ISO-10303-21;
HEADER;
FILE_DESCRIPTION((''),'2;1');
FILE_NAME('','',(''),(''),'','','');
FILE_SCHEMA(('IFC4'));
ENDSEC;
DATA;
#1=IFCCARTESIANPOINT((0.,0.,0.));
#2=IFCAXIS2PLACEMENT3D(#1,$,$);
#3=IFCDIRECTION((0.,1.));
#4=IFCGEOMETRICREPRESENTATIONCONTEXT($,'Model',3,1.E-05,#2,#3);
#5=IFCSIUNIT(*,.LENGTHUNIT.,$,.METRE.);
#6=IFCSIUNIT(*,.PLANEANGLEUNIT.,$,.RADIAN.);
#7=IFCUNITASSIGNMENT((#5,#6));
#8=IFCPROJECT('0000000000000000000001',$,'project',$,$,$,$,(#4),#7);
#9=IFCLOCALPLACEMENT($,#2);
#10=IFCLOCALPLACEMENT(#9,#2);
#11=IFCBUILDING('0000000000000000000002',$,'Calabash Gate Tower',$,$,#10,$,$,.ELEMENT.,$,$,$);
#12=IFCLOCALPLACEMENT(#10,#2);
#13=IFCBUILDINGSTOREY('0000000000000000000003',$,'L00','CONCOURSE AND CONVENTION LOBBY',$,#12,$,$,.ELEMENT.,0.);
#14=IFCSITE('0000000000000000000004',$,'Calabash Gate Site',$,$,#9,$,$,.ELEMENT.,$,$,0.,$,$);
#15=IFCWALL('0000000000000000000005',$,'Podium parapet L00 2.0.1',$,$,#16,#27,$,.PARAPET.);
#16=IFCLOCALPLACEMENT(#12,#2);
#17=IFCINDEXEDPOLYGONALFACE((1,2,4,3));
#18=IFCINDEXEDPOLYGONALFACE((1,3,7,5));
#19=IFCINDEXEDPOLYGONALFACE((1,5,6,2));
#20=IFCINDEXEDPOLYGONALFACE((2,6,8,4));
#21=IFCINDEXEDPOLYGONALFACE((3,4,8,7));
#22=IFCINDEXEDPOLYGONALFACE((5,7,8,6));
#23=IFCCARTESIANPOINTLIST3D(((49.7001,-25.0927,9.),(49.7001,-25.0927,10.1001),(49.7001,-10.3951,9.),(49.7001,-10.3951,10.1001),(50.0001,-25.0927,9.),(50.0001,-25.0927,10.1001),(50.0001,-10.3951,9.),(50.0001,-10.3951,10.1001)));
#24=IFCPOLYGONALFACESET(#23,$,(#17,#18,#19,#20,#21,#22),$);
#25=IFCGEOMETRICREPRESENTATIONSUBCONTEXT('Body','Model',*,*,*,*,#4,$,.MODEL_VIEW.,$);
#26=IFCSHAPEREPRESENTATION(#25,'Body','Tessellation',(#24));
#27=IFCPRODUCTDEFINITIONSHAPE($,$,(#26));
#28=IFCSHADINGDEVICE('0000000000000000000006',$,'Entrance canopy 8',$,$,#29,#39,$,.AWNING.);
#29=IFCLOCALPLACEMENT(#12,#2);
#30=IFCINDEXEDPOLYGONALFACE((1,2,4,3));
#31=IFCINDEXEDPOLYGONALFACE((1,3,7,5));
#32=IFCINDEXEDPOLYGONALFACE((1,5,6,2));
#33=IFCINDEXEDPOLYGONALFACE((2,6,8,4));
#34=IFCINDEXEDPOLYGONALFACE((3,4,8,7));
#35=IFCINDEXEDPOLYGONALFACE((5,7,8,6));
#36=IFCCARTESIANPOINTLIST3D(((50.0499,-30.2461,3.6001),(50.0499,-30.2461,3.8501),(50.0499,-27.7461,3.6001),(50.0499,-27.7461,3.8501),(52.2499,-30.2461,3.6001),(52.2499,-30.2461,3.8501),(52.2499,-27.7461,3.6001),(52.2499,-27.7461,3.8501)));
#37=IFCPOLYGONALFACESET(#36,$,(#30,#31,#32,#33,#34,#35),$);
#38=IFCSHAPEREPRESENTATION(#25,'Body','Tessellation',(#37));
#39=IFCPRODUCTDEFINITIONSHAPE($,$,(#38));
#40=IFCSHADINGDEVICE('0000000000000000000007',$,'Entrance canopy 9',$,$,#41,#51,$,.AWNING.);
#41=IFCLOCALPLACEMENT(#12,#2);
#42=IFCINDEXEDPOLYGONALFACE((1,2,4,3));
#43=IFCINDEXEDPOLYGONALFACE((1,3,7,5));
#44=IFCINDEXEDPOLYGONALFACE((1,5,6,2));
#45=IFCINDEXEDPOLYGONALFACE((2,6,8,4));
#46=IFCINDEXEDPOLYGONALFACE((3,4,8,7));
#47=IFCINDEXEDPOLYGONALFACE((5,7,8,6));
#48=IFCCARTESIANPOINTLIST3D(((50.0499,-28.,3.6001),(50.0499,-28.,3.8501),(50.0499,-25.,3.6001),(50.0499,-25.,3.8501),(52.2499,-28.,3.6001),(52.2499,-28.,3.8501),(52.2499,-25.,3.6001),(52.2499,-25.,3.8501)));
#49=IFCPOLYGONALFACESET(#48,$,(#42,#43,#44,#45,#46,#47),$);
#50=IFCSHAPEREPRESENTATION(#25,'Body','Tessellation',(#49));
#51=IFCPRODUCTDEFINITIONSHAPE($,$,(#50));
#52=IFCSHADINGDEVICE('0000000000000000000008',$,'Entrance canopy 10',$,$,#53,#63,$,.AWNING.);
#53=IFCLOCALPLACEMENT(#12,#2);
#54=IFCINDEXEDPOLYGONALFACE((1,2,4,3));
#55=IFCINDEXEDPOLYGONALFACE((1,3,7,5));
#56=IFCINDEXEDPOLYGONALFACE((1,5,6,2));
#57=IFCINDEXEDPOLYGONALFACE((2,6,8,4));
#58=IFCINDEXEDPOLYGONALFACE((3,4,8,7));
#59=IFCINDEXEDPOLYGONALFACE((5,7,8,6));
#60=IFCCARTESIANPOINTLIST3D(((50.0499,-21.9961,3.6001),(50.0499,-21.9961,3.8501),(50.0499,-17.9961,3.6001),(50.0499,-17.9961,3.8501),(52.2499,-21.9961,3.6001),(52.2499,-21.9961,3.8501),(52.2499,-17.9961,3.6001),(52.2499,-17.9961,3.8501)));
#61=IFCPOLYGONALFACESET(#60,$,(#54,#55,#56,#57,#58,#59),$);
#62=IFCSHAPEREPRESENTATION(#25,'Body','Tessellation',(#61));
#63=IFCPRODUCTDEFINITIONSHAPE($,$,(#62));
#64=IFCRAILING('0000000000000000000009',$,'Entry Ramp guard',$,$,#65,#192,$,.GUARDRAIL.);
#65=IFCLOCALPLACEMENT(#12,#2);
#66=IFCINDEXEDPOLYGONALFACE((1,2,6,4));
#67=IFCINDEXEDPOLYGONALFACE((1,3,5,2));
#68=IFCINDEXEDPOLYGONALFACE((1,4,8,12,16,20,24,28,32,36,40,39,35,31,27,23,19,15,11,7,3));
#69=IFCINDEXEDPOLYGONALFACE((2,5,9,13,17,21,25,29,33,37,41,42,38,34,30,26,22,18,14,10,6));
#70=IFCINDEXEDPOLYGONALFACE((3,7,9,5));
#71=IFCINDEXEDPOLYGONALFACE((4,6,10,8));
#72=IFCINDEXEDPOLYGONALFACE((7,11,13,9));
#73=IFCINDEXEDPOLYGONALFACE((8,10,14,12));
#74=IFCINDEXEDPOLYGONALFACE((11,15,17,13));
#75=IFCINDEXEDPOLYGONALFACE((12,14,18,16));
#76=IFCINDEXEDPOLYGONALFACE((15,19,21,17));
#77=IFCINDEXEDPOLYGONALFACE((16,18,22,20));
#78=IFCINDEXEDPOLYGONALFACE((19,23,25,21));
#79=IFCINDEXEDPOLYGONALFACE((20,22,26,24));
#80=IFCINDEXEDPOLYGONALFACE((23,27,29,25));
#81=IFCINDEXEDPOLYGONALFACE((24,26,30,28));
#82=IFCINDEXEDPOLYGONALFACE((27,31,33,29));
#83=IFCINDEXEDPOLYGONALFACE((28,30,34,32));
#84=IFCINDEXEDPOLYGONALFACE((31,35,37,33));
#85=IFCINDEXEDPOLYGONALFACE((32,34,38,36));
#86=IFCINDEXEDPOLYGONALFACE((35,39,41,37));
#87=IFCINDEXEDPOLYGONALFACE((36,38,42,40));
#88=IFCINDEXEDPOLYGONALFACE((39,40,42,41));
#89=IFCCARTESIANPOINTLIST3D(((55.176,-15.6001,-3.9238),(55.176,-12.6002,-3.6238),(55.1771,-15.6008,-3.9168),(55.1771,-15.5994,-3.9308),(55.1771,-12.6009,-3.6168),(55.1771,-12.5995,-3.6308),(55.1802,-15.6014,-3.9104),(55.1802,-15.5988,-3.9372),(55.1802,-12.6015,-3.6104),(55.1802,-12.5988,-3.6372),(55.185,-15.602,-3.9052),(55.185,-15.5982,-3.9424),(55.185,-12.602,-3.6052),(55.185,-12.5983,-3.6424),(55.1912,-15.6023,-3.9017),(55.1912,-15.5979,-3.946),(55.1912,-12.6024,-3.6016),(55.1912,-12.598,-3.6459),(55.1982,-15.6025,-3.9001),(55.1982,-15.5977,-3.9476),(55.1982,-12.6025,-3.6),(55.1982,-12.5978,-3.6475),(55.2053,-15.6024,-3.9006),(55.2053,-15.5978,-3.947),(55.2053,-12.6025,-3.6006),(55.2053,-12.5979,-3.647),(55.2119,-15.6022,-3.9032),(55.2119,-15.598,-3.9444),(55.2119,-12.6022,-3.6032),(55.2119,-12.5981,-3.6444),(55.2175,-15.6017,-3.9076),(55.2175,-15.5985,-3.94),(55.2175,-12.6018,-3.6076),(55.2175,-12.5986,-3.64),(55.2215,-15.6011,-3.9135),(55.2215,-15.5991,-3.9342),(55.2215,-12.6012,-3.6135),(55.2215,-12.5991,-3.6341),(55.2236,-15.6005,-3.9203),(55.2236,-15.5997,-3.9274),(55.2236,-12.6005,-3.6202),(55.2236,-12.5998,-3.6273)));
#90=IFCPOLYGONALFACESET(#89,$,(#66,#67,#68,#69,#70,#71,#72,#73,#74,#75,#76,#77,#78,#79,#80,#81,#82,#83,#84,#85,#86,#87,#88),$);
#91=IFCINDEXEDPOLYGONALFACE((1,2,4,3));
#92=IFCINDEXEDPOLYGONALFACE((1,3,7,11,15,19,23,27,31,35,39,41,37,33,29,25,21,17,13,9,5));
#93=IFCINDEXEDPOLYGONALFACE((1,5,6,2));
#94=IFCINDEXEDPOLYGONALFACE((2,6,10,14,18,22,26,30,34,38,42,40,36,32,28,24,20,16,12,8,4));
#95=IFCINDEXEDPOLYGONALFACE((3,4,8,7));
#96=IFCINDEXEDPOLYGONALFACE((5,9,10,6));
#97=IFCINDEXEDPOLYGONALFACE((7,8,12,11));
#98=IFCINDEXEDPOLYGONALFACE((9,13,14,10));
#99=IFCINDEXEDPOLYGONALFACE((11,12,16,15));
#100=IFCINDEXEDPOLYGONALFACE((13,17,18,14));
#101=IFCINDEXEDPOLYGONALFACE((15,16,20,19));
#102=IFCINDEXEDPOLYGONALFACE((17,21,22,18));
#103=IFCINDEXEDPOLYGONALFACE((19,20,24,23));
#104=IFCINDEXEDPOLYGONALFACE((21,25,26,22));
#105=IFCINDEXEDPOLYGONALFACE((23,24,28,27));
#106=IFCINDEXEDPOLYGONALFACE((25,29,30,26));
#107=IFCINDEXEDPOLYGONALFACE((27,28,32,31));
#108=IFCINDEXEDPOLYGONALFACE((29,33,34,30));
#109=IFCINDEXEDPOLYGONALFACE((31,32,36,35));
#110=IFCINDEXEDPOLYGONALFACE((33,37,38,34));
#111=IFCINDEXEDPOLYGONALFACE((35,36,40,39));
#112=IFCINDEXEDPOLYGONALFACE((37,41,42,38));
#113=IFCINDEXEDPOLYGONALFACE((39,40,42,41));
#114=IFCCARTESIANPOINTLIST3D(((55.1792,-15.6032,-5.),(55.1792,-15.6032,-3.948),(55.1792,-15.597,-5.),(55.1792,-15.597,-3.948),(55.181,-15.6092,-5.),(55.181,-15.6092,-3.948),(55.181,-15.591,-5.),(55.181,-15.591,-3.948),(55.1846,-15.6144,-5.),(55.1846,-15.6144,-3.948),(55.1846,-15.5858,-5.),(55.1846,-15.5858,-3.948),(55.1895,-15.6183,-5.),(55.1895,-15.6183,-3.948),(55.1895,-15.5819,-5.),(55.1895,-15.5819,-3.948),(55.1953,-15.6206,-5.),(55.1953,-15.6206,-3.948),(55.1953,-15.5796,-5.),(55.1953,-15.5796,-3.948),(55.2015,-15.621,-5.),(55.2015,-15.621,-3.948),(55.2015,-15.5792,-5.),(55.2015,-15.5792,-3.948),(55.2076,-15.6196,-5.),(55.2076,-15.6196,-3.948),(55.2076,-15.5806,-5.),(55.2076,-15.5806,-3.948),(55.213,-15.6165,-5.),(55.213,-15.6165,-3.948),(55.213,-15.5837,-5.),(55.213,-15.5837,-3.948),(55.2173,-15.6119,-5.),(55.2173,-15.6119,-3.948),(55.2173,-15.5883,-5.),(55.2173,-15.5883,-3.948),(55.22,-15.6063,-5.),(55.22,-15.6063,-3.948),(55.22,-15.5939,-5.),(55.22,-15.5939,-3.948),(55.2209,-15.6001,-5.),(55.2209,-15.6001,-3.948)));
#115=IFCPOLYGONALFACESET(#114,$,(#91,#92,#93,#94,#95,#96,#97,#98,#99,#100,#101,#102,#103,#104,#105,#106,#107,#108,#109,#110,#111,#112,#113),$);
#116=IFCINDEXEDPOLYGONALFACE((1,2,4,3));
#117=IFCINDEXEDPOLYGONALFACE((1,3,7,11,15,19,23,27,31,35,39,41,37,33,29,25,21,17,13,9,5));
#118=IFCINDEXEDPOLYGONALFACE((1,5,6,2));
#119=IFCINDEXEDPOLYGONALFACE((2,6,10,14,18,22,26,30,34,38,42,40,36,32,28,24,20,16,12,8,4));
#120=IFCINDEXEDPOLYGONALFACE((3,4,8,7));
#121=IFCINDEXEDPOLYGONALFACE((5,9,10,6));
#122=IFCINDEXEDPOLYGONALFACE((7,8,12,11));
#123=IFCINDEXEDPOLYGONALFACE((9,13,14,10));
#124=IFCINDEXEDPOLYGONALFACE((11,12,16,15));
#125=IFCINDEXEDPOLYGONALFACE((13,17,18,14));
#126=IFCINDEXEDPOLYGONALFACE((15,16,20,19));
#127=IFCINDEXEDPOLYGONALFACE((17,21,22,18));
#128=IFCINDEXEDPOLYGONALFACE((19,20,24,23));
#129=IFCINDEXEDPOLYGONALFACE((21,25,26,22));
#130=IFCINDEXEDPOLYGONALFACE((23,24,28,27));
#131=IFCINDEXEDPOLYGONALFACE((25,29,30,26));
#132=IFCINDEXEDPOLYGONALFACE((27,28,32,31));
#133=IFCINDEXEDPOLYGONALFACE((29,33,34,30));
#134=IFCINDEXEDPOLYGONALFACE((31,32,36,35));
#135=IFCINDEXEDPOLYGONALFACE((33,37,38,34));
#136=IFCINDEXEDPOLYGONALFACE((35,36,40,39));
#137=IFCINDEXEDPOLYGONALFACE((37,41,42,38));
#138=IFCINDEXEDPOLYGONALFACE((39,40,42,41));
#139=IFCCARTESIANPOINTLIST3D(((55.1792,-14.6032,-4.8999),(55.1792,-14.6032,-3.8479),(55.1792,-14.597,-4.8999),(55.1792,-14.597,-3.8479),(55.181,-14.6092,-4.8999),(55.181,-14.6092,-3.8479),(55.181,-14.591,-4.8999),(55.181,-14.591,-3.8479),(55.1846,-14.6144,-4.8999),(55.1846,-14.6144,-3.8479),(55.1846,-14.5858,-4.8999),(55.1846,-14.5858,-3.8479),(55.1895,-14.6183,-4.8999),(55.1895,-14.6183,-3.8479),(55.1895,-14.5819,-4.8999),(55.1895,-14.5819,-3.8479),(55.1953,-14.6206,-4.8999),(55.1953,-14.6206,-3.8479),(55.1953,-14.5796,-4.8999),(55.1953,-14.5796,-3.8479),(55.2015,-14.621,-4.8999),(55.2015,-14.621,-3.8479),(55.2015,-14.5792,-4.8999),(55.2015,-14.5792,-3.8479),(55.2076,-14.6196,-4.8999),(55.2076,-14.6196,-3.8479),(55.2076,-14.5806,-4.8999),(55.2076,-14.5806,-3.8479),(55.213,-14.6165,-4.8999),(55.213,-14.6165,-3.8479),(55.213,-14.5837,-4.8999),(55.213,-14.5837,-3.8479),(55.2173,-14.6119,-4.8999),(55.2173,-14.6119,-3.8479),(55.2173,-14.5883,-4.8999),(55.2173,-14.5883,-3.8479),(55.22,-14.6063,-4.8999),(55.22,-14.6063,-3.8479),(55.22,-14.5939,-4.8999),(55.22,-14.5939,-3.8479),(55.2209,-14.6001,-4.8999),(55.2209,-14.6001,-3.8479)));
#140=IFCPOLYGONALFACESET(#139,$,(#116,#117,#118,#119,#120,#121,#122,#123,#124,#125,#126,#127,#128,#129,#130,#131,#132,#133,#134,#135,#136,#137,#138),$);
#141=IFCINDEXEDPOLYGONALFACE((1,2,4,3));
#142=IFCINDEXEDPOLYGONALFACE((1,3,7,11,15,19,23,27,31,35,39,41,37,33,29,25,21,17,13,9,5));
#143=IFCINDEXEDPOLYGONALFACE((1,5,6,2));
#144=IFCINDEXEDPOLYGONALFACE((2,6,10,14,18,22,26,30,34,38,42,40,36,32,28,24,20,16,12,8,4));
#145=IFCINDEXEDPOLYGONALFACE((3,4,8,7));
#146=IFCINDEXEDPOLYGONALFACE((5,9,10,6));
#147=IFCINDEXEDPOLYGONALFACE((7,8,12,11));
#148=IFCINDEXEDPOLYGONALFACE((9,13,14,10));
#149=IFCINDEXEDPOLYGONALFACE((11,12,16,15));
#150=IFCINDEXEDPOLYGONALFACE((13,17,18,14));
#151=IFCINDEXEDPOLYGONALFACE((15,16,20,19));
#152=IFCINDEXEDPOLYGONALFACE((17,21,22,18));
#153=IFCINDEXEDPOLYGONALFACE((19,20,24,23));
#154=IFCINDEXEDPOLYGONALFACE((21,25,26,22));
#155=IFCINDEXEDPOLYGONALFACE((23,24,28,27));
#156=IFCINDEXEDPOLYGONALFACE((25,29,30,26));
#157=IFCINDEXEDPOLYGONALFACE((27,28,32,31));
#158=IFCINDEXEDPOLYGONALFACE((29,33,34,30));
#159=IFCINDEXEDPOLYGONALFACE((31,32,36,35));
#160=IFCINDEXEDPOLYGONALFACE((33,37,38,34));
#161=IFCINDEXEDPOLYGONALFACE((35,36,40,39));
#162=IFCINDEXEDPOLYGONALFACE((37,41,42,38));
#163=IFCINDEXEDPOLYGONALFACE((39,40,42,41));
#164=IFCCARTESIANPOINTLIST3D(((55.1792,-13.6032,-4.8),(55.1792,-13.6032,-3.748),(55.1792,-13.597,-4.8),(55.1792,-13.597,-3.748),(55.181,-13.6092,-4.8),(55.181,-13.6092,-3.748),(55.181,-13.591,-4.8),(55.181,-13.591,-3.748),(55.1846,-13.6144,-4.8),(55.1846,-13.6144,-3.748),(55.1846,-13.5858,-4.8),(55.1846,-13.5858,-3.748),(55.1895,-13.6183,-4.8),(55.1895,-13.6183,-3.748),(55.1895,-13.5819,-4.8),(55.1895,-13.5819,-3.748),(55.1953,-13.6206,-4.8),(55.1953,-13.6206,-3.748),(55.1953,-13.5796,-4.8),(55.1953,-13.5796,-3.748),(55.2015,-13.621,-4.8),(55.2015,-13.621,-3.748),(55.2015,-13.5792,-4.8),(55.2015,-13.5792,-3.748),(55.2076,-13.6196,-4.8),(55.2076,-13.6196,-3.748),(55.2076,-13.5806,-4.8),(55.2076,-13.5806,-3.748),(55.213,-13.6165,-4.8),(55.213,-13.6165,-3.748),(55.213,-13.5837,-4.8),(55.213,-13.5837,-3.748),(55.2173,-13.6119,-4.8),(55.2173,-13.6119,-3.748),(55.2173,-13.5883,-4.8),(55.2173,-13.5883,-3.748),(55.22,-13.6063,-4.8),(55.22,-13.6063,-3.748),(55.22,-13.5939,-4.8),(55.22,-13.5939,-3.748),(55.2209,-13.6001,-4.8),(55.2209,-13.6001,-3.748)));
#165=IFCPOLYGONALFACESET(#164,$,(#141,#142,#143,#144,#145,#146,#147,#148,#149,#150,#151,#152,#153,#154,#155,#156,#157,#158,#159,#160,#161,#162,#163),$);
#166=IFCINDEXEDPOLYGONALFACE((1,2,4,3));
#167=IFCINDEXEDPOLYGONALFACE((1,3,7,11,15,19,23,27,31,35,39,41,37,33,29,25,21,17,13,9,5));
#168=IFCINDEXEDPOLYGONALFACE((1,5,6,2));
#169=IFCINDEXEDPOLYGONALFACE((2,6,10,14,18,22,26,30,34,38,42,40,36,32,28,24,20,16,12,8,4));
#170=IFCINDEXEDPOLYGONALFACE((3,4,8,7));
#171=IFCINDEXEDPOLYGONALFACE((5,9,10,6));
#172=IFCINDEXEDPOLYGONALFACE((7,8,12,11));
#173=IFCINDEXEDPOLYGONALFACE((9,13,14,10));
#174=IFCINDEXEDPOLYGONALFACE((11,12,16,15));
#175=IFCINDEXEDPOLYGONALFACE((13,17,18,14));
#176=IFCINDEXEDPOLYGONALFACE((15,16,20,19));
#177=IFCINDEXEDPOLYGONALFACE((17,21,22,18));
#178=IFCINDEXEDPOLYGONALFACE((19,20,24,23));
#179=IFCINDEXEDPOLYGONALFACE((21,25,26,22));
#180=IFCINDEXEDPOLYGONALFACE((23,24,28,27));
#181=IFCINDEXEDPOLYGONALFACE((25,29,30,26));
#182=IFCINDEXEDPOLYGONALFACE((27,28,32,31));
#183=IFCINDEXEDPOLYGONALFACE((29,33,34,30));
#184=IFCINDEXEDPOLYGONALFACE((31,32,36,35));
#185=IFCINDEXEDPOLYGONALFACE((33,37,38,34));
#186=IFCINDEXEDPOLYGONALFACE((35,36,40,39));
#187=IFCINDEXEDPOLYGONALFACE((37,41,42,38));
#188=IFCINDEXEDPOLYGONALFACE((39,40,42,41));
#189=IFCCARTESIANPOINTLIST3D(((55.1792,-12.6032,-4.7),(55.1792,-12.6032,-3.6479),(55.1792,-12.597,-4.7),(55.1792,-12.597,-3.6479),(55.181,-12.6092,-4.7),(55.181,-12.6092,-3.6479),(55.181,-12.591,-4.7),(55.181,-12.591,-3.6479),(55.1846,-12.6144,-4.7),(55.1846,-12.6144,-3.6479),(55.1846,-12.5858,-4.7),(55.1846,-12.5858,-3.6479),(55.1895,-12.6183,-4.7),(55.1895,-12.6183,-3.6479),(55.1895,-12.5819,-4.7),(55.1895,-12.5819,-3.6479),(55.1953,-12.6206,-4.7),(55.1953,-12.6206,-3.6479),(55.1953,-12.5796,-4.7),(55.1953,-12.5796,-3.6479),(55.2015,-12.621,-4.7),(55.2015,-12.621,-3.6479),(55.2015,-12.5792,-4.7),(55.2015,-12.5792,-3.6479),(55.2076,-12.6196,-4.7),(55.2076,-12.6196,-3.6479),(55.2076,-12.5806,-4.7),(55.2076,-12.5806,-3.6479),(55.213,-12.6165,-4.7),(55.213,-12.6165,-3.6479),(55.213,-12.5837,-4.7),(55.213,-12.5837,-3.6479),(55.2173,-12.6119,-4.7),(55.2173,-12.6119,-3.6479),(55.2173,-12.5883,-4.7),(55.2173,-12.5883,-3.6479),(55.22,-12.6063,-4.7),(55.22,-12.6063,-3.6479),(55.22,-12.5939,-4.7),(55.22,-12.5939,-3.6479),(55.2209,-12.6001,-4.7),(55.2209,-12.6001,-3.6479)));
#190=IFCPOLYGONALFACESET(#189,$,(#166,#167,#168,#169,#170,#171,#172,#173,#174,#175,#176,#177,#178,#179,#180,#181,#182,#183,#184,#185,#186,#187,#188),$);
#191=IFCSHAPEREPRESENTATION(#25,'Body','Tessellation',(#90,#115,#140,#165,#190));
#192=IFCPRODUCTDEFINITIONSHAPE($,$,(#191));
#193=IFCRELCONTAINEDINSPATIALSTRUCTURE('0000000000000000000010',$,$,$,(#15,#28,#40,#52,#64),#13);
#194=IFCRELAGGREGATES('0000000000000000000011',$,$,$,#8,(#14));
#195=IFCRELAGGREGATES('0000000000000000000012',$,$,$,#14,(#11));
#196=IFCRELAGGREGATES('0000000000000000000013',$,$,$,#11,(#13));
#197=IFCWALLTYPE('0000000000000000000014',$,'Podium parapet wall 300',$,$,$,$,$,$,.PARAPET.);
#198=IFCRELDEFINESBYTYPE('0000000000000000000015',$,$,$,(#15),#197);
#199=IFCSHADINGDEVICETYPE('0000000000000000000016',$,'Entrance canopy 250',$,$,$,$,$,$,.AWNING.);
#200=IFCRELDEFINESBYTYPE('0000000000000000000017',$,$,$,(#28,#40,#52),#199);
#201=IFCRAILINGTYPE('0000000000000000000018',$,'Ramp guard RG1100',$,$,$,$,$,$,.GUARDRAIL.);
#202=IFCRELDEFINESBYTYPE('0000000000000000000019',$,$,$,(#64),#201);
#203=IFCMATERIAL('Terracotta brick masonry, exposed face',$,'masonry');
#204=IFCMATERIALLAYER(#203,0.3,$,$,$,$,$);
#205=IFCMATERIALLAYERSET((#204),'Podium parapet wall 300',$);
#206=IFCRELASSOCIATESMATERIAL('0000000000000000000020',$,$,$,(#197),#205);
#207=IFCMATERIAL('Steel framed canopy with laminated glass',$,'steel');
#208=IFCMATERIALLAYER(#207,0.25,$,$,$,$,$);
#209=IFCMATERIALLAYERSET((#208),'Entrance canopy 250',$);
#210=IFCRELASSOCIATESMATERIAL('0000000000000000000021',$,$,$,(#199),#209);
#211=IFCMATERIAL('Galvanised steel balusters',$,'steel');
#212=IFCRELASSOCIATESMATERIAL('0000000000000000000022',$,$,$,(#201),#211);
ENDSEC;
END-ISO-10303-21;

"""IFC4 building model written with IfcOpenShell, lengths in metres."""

from ifc_helpers import new_model, si_unit, direction, frame, frame_2d, origin, origin_2d, place, context, subcontext, project, spatial, rectangle, circle, extrude, material, layer, layer_set, type_object, element, save


model = new_model("IFC4")

# Units and contexts
model_context = context("Model", 3, precision=1e-05, world=origin(), true_north=direction((0.0, 1.0)))
body_context = subcontext(model_context, "Body", "Model", "MODEL_VIEW")
ifc_project = project(units=[si_unit("LENGTHUNIT", "METRE"), si_unit("PLANEANGLEUNIT", "RADIAN")], contexts=[model_context])

# Site, building, storey
site_placement = place(None, origin())
site = spatial("IfcSite", under=ifc_project, at=site_placement, Name="Calabash Gate Site", CompositionType="ELEMENT", RefElevation=0.0)
building_placement = place(site_placement, origin())
building = spatial("IfcBuilding", under=site, at=building_placement, Name="Calabash Gate Tower", CompositionType="ELEMENT")
storey_placement = place(building_placement, origin())
storey = spatial("IfcBuildingStorey", under=building, at=storey_placement, Name="L00", Description="CONCOURSE AND CONVENTION LOBBY", CompositionType="ELEMENT", Elevation=0.0)

# Wall
ifc_material_1 = material(Name="Terracotta brick masonry, exposed face", Category="masonry")
ifc_layer_1 = layer(ifc_material_1, 0.3)
ifc_layer_set_1 = layer_set([ifc_layer_1], Name="Podium parapet wall 300")
wall_type_1 = type_object("IfcWallType", Name="Podium parapet wall 300", PredefinedType="PARAPET", material=ifc_layer_set_1)
wall_1_placement = place(storey_placement, frame((49.8501, -25.0925, 9.0), z_axis=(0.0, 0.0, 1.0), x_axis=(0.0, 1.0, 0.0)))
element("IfcWall", 1, at=wall_1_placement, inside=storey, type_object=wall_type_1, Name="Podium parapet L00 2.0.1", PredefinedType="PARAPET", context=body_context, shape_type="SweptSolid", body=[
    extrude(rectangle(XDim=14.6975, YDim=0.3, at=frame_2d((7.3486, 0.0))), origin(), (0.0, 0.0, 1.0), 1.1001),
])

# Shading devices
ifc_material_2 = material(Name="Steel framed canopy with laminated glass", Category="steel")
ifc_layer_2 = layer(ifc_material_2, 0.25)
ifc_layer_set_2 = layer_set([ifc_layer_2], Name="Entrance canopy 250")
shading_device_type = type_object("IfcShadingDeviceType", Name="Entrance canopy 250", PredefinedType="AWNING", material=ifc_layer_set_2)
shading_device_1_placement = place(storey_placement, frame((51.1499, -28.9961, 3.6001), z_axis=(0.0, 0.0, 1.0), x_axis=(0.0, 1.0, 0.0)))
element("IfcShadingDevice", 2, at=shading_device_1_placement, inside=storey, type_object=shading_device_type, Name="Entrance canopy 8", PredefinedType="AWNING", context=body_context, shape_type="SweptSolid", body=[
    extrude(rectangle(XDim=2.5, YDim=2.2, at=origin_2d()), origin(), (0.0, 0.0, 1.0), 0.25),
])
shading_device_2_placement = place(storey_placement, frame((51.1499, -26.5, 3.6001), z_axis=(0.0, 0.0, 1.0), x_axis=(0.0, 1.0, 0.0)))
element("IfcShadingDevice", 3, at=shading_device_2_placement, inside=storey, type_object=shading_device_type, Name="Entrance canopy 9", PredefinedType="AWNING", context=body_context, shape_type="SweptSolid", body=[
    extrude(rectangle(XDim=3.0, YDim=2.2, at=origin_2d()), origin(), (0.0, 0.0, 1.0), 0.25),
])
shading_device_3_placement = place(storey_placement, frame((51.1499, -19.9961, 3.6001), z_axis=(0.0, 0.0, 1.0), x_axis=(0.0, 1.0, 0.0)))
element("IfcShadingDevice", 4, at=shading_device_3_placement, inside=storey, type_object=shading_device_type, Name="Entrance canopy 10", PredefinedType="AWNING", context=body_context, shape_type="SweptSolid", body=[
    extrude(rectangle(XDim=4.0, YDim=2.2, at=origin_2d()), origin(), (0.0, 0.0, 1.0), 0.25),
])

# Railing
ifc_material_3 = material(Name="Galvanised steel balusters", Category="steel")
railing_type = type_object("IfcRailingType", Name="Ramp guard RG1100", PredefinedType="GUARDRAIL", material=ifc_material_3)
for number, where, name in (
    (5, (55.2, -15.6001, -5.0), "Entry Ramp guard"),
):
    element("IfcRailing", number, at=place(storey_placement, frame(where)), inside=storey, type_object=railing_type, Name=name, PredefinedType="GUARDRAIL", context=body_context, shape_type="SweptSolid", body=[
        extrude(circle(Radius=0.0239, at=origin_2d()), frame((0.0, 0.0, 1.0762), z_axis=(0.0, 0.995036, 0.09952), x_axis=(-1.0, 0.0, 0.0)), (0.0, 0.0, 1.0), 3.0149),
        extrude(circle(Radius=0.021, at=origin_2d()), origin(), (0.0, 0.0, 1.0), 1.052),
        extrude(circle(Radius=0.021, at=origin_2d()), frame((0.0, 1.0, 0.1001)), (0.0, 0.0, 1.0), 1.052),
        extrude(circle(Radius=0.021, at=origin_2d()), frame((0.0, 2.0, 0.2)), (0.0, 0.0, 1.0), 1.052),
        extrude(circle(Radius=0.021, at=origin_2d()), frame((0.0, 3.0, 0.3)), (0.0, 0.0, 1.0), 1.052),
    ])

save(model, "model.ifc")
